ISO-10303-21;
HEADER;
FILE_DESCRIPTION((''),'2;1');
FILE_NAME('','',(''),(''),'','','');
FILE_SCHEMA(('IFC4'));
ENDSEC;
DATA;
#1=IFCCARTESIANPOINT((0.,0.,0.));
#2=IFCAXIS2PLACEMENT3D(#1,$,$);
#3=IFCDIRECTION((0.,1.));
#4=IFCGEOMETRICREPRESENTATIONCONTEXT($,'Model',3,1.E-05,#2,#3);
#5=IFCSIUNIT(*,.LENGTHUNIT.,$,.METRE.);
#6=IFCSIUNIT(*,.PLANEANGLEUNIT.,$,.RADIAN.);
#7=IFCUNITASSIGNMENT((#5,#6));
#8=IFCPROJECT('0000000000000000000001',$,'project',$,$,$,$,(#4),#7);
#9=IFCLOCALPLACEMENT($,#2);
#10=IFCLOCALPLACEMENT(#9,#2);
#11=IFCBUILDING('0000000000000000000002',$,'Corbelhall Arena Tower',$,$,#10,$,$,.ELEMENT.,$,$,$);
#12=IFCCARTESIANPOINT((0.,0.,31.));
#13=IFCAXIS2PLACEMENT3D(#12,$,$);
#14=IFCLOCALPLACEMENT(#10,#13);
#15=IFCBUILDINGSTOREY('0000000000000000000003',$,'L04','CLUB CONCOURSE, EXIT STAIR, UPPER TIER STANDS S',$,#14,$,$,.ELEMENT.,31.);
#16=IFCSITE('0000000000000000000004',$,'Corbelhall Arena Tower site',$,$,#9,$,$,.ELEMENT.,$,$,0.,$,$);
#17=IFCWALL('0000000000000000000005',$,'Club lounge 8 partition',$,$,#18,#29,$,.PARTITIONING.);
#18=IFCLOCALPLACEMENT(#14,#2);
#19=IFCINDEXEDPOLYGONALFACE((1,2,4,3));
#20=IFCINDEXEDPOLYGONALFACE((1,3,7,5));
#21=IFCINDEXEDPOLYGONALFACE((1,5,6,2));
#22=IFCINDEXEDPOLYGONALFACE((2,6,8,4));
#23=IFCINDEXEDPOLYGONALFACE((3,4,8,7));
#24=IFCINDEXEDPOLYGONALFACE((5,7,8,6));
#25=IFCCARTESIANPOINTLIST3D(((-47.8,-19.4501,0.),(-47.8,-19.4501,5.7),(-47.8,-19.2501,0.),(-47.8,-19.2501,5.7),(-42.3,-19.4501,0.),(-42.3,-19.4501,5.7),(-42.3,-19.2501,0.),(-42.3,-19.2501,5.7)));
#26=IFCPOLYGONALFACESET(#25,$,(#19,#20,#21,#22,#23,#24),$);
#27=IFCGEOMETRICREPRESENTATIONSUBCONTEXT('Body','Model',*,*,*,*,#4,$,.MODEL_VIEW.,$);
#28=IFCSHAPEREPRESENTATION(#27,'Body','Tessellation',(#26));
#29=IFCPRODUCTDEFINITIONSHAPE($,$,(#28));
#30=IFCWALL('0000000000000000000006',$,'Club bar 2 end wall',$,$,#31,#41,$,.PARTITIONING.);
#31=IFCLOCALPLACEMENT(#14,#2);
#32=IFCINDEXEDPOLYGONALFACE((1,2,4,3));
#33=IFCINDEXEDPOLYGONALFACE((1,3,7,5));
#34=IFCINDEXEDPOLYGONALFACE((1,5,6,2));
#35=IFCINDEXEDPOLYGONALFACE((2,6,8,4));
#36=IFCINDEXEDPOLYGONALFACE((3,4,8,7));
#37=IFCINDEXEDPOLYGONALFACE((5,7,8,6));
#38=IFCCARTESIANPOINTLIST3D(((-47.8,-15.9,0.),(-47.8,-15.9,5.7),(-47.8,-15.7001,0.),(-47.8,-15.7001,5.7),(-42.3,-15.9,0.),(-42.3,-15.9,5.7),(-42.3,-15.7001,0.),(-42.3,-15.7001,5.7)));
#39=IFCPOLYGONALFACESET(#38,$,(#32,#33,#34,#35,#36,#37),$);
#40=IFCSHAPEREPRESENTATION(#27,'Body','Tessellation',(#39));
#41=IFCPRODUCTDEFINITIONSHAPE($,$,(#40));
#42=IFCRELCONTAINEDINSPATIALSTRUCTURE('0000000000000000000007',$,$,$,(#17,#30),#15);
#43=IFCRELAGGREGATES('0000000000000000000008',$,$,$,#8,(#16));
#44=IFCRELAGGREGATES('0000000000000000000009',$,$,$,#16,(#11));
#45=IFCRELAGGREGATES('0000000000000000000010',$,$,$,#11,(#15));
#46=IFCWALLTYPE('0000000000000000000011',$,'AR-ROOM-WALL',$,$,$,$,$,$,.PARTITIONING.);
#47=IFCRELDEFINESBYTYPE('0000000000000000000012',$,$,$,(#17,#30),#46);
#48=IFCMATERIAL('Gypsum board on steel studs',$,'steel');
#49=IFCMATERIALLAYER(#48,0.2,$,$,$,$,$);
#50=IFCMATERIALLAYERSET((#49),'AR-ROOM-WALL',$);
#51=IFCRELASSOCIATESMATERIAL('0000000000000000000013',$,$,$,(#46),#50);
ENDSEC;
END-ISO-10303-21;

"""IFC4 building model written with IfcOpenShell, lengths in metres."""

from ifc_helpers import new_model, si_unit, direction, frame, frame_2d, origin, place, context, subcontext, project, spatial, rectangle, extrude, material, layer, layer_set, type_object, element, save


model = new_model("IFC4")

# Units and contexts
model_context = context("Model", 3, precision=1e-05, world=origin(), true_north=direction((0.0, 1.0)))
body_context = subcontext(model_context, "Body", "Model", "MODEL_VIEW")
ifc_project = project(units=[si_unit("LENGTHUNIT", "METRE"), si_unit("PLANEANGLEUNIT", "RADIAN")], contexts=[model_context])

# Site, building, storey
site_placement = place(None, origin())
site = spatial("IfcSite", under=ifc_project, at=site_placement, Name="Corbelhall Arena Tower site", CompositionType="ELEMENT", RefElevation=0.0)
building_placement = place(site_placement, origin())
building = spatial("IfcBuilding", under=site, at=building_placement, Name="Corbelhall Arena Tower", CompositionType="ELEMENT")
storey_placement = place(building_placement, frame((0.0, 0.0, 31.0)))
storey = spatial("IfcBuildingStorey", under=building, at=storey_placement, Name="L04", Description="CLUB CONCOURSE, EXIT STAIR, UPPER TIER STANDS S", CompositionType="ELEMENT", Elevation=31.0)

# Shared definitions
ifc_material_1 = material(Name="Gypsum board on steel studs", Category="steel")
ifc_layer_1 = layer(ifc_material_1, 0.2)
ifc_layer_set_1 = layer_set([ifc_layer_1], Name="AR-ROOM-WALL")
wall_type_1 = type_object("IfcWallType", Name="AR-ROOM-WALL", PredefinedType="PARTITIONING", material=ifc_layer_set_1)

# Wall
for number, where, z_axis, x_axis, name in (
    (1, (-47.8, -19.3501, 0.0), (0.0, 0.0, 1.0), (1.0, 0.0, 0.0), "Club lounge 8 partition"),
):
    element("IfcWall", number, at=place(storey_placement, frame(where, z_axis=z_axis, x_axis=x_axis)), inside=storey, type_object=wall_type_1, Name=name, PredefinedType="PARTITIONING", context=body_context, shape_type="SweptSolid", body=[
        extrude(rectangle(XDim=5.5, YDim=0.2, at=frame_2d((2.75, 0.0))), origin(), (0.0, 0.0, 1.0), 5.7),
    ])

# Wall
wall_1_placement = place(storey_placement, frame((-42.3, -15.8, 0.0), z_axis=(0.0, 0.0, 1.0), x_axis=(-1.0, 0.0, 0.0)))
element("IfcWall", 2, at=wall_1_placement, inside=storey, type_object=wall_type_1, Name="Club bar 2 end wall", PredefinedType="PARTITIONING", context=body_context, shape_type="SweptSolid", body=[
    extrude(rectangle(XDim=5.5, YDim=0.2, at=frame_2d((2.75, 0.0))), origin(), (0.0, 0.0, 1.0), 5.7),
])

save(model, "model.ifc")
